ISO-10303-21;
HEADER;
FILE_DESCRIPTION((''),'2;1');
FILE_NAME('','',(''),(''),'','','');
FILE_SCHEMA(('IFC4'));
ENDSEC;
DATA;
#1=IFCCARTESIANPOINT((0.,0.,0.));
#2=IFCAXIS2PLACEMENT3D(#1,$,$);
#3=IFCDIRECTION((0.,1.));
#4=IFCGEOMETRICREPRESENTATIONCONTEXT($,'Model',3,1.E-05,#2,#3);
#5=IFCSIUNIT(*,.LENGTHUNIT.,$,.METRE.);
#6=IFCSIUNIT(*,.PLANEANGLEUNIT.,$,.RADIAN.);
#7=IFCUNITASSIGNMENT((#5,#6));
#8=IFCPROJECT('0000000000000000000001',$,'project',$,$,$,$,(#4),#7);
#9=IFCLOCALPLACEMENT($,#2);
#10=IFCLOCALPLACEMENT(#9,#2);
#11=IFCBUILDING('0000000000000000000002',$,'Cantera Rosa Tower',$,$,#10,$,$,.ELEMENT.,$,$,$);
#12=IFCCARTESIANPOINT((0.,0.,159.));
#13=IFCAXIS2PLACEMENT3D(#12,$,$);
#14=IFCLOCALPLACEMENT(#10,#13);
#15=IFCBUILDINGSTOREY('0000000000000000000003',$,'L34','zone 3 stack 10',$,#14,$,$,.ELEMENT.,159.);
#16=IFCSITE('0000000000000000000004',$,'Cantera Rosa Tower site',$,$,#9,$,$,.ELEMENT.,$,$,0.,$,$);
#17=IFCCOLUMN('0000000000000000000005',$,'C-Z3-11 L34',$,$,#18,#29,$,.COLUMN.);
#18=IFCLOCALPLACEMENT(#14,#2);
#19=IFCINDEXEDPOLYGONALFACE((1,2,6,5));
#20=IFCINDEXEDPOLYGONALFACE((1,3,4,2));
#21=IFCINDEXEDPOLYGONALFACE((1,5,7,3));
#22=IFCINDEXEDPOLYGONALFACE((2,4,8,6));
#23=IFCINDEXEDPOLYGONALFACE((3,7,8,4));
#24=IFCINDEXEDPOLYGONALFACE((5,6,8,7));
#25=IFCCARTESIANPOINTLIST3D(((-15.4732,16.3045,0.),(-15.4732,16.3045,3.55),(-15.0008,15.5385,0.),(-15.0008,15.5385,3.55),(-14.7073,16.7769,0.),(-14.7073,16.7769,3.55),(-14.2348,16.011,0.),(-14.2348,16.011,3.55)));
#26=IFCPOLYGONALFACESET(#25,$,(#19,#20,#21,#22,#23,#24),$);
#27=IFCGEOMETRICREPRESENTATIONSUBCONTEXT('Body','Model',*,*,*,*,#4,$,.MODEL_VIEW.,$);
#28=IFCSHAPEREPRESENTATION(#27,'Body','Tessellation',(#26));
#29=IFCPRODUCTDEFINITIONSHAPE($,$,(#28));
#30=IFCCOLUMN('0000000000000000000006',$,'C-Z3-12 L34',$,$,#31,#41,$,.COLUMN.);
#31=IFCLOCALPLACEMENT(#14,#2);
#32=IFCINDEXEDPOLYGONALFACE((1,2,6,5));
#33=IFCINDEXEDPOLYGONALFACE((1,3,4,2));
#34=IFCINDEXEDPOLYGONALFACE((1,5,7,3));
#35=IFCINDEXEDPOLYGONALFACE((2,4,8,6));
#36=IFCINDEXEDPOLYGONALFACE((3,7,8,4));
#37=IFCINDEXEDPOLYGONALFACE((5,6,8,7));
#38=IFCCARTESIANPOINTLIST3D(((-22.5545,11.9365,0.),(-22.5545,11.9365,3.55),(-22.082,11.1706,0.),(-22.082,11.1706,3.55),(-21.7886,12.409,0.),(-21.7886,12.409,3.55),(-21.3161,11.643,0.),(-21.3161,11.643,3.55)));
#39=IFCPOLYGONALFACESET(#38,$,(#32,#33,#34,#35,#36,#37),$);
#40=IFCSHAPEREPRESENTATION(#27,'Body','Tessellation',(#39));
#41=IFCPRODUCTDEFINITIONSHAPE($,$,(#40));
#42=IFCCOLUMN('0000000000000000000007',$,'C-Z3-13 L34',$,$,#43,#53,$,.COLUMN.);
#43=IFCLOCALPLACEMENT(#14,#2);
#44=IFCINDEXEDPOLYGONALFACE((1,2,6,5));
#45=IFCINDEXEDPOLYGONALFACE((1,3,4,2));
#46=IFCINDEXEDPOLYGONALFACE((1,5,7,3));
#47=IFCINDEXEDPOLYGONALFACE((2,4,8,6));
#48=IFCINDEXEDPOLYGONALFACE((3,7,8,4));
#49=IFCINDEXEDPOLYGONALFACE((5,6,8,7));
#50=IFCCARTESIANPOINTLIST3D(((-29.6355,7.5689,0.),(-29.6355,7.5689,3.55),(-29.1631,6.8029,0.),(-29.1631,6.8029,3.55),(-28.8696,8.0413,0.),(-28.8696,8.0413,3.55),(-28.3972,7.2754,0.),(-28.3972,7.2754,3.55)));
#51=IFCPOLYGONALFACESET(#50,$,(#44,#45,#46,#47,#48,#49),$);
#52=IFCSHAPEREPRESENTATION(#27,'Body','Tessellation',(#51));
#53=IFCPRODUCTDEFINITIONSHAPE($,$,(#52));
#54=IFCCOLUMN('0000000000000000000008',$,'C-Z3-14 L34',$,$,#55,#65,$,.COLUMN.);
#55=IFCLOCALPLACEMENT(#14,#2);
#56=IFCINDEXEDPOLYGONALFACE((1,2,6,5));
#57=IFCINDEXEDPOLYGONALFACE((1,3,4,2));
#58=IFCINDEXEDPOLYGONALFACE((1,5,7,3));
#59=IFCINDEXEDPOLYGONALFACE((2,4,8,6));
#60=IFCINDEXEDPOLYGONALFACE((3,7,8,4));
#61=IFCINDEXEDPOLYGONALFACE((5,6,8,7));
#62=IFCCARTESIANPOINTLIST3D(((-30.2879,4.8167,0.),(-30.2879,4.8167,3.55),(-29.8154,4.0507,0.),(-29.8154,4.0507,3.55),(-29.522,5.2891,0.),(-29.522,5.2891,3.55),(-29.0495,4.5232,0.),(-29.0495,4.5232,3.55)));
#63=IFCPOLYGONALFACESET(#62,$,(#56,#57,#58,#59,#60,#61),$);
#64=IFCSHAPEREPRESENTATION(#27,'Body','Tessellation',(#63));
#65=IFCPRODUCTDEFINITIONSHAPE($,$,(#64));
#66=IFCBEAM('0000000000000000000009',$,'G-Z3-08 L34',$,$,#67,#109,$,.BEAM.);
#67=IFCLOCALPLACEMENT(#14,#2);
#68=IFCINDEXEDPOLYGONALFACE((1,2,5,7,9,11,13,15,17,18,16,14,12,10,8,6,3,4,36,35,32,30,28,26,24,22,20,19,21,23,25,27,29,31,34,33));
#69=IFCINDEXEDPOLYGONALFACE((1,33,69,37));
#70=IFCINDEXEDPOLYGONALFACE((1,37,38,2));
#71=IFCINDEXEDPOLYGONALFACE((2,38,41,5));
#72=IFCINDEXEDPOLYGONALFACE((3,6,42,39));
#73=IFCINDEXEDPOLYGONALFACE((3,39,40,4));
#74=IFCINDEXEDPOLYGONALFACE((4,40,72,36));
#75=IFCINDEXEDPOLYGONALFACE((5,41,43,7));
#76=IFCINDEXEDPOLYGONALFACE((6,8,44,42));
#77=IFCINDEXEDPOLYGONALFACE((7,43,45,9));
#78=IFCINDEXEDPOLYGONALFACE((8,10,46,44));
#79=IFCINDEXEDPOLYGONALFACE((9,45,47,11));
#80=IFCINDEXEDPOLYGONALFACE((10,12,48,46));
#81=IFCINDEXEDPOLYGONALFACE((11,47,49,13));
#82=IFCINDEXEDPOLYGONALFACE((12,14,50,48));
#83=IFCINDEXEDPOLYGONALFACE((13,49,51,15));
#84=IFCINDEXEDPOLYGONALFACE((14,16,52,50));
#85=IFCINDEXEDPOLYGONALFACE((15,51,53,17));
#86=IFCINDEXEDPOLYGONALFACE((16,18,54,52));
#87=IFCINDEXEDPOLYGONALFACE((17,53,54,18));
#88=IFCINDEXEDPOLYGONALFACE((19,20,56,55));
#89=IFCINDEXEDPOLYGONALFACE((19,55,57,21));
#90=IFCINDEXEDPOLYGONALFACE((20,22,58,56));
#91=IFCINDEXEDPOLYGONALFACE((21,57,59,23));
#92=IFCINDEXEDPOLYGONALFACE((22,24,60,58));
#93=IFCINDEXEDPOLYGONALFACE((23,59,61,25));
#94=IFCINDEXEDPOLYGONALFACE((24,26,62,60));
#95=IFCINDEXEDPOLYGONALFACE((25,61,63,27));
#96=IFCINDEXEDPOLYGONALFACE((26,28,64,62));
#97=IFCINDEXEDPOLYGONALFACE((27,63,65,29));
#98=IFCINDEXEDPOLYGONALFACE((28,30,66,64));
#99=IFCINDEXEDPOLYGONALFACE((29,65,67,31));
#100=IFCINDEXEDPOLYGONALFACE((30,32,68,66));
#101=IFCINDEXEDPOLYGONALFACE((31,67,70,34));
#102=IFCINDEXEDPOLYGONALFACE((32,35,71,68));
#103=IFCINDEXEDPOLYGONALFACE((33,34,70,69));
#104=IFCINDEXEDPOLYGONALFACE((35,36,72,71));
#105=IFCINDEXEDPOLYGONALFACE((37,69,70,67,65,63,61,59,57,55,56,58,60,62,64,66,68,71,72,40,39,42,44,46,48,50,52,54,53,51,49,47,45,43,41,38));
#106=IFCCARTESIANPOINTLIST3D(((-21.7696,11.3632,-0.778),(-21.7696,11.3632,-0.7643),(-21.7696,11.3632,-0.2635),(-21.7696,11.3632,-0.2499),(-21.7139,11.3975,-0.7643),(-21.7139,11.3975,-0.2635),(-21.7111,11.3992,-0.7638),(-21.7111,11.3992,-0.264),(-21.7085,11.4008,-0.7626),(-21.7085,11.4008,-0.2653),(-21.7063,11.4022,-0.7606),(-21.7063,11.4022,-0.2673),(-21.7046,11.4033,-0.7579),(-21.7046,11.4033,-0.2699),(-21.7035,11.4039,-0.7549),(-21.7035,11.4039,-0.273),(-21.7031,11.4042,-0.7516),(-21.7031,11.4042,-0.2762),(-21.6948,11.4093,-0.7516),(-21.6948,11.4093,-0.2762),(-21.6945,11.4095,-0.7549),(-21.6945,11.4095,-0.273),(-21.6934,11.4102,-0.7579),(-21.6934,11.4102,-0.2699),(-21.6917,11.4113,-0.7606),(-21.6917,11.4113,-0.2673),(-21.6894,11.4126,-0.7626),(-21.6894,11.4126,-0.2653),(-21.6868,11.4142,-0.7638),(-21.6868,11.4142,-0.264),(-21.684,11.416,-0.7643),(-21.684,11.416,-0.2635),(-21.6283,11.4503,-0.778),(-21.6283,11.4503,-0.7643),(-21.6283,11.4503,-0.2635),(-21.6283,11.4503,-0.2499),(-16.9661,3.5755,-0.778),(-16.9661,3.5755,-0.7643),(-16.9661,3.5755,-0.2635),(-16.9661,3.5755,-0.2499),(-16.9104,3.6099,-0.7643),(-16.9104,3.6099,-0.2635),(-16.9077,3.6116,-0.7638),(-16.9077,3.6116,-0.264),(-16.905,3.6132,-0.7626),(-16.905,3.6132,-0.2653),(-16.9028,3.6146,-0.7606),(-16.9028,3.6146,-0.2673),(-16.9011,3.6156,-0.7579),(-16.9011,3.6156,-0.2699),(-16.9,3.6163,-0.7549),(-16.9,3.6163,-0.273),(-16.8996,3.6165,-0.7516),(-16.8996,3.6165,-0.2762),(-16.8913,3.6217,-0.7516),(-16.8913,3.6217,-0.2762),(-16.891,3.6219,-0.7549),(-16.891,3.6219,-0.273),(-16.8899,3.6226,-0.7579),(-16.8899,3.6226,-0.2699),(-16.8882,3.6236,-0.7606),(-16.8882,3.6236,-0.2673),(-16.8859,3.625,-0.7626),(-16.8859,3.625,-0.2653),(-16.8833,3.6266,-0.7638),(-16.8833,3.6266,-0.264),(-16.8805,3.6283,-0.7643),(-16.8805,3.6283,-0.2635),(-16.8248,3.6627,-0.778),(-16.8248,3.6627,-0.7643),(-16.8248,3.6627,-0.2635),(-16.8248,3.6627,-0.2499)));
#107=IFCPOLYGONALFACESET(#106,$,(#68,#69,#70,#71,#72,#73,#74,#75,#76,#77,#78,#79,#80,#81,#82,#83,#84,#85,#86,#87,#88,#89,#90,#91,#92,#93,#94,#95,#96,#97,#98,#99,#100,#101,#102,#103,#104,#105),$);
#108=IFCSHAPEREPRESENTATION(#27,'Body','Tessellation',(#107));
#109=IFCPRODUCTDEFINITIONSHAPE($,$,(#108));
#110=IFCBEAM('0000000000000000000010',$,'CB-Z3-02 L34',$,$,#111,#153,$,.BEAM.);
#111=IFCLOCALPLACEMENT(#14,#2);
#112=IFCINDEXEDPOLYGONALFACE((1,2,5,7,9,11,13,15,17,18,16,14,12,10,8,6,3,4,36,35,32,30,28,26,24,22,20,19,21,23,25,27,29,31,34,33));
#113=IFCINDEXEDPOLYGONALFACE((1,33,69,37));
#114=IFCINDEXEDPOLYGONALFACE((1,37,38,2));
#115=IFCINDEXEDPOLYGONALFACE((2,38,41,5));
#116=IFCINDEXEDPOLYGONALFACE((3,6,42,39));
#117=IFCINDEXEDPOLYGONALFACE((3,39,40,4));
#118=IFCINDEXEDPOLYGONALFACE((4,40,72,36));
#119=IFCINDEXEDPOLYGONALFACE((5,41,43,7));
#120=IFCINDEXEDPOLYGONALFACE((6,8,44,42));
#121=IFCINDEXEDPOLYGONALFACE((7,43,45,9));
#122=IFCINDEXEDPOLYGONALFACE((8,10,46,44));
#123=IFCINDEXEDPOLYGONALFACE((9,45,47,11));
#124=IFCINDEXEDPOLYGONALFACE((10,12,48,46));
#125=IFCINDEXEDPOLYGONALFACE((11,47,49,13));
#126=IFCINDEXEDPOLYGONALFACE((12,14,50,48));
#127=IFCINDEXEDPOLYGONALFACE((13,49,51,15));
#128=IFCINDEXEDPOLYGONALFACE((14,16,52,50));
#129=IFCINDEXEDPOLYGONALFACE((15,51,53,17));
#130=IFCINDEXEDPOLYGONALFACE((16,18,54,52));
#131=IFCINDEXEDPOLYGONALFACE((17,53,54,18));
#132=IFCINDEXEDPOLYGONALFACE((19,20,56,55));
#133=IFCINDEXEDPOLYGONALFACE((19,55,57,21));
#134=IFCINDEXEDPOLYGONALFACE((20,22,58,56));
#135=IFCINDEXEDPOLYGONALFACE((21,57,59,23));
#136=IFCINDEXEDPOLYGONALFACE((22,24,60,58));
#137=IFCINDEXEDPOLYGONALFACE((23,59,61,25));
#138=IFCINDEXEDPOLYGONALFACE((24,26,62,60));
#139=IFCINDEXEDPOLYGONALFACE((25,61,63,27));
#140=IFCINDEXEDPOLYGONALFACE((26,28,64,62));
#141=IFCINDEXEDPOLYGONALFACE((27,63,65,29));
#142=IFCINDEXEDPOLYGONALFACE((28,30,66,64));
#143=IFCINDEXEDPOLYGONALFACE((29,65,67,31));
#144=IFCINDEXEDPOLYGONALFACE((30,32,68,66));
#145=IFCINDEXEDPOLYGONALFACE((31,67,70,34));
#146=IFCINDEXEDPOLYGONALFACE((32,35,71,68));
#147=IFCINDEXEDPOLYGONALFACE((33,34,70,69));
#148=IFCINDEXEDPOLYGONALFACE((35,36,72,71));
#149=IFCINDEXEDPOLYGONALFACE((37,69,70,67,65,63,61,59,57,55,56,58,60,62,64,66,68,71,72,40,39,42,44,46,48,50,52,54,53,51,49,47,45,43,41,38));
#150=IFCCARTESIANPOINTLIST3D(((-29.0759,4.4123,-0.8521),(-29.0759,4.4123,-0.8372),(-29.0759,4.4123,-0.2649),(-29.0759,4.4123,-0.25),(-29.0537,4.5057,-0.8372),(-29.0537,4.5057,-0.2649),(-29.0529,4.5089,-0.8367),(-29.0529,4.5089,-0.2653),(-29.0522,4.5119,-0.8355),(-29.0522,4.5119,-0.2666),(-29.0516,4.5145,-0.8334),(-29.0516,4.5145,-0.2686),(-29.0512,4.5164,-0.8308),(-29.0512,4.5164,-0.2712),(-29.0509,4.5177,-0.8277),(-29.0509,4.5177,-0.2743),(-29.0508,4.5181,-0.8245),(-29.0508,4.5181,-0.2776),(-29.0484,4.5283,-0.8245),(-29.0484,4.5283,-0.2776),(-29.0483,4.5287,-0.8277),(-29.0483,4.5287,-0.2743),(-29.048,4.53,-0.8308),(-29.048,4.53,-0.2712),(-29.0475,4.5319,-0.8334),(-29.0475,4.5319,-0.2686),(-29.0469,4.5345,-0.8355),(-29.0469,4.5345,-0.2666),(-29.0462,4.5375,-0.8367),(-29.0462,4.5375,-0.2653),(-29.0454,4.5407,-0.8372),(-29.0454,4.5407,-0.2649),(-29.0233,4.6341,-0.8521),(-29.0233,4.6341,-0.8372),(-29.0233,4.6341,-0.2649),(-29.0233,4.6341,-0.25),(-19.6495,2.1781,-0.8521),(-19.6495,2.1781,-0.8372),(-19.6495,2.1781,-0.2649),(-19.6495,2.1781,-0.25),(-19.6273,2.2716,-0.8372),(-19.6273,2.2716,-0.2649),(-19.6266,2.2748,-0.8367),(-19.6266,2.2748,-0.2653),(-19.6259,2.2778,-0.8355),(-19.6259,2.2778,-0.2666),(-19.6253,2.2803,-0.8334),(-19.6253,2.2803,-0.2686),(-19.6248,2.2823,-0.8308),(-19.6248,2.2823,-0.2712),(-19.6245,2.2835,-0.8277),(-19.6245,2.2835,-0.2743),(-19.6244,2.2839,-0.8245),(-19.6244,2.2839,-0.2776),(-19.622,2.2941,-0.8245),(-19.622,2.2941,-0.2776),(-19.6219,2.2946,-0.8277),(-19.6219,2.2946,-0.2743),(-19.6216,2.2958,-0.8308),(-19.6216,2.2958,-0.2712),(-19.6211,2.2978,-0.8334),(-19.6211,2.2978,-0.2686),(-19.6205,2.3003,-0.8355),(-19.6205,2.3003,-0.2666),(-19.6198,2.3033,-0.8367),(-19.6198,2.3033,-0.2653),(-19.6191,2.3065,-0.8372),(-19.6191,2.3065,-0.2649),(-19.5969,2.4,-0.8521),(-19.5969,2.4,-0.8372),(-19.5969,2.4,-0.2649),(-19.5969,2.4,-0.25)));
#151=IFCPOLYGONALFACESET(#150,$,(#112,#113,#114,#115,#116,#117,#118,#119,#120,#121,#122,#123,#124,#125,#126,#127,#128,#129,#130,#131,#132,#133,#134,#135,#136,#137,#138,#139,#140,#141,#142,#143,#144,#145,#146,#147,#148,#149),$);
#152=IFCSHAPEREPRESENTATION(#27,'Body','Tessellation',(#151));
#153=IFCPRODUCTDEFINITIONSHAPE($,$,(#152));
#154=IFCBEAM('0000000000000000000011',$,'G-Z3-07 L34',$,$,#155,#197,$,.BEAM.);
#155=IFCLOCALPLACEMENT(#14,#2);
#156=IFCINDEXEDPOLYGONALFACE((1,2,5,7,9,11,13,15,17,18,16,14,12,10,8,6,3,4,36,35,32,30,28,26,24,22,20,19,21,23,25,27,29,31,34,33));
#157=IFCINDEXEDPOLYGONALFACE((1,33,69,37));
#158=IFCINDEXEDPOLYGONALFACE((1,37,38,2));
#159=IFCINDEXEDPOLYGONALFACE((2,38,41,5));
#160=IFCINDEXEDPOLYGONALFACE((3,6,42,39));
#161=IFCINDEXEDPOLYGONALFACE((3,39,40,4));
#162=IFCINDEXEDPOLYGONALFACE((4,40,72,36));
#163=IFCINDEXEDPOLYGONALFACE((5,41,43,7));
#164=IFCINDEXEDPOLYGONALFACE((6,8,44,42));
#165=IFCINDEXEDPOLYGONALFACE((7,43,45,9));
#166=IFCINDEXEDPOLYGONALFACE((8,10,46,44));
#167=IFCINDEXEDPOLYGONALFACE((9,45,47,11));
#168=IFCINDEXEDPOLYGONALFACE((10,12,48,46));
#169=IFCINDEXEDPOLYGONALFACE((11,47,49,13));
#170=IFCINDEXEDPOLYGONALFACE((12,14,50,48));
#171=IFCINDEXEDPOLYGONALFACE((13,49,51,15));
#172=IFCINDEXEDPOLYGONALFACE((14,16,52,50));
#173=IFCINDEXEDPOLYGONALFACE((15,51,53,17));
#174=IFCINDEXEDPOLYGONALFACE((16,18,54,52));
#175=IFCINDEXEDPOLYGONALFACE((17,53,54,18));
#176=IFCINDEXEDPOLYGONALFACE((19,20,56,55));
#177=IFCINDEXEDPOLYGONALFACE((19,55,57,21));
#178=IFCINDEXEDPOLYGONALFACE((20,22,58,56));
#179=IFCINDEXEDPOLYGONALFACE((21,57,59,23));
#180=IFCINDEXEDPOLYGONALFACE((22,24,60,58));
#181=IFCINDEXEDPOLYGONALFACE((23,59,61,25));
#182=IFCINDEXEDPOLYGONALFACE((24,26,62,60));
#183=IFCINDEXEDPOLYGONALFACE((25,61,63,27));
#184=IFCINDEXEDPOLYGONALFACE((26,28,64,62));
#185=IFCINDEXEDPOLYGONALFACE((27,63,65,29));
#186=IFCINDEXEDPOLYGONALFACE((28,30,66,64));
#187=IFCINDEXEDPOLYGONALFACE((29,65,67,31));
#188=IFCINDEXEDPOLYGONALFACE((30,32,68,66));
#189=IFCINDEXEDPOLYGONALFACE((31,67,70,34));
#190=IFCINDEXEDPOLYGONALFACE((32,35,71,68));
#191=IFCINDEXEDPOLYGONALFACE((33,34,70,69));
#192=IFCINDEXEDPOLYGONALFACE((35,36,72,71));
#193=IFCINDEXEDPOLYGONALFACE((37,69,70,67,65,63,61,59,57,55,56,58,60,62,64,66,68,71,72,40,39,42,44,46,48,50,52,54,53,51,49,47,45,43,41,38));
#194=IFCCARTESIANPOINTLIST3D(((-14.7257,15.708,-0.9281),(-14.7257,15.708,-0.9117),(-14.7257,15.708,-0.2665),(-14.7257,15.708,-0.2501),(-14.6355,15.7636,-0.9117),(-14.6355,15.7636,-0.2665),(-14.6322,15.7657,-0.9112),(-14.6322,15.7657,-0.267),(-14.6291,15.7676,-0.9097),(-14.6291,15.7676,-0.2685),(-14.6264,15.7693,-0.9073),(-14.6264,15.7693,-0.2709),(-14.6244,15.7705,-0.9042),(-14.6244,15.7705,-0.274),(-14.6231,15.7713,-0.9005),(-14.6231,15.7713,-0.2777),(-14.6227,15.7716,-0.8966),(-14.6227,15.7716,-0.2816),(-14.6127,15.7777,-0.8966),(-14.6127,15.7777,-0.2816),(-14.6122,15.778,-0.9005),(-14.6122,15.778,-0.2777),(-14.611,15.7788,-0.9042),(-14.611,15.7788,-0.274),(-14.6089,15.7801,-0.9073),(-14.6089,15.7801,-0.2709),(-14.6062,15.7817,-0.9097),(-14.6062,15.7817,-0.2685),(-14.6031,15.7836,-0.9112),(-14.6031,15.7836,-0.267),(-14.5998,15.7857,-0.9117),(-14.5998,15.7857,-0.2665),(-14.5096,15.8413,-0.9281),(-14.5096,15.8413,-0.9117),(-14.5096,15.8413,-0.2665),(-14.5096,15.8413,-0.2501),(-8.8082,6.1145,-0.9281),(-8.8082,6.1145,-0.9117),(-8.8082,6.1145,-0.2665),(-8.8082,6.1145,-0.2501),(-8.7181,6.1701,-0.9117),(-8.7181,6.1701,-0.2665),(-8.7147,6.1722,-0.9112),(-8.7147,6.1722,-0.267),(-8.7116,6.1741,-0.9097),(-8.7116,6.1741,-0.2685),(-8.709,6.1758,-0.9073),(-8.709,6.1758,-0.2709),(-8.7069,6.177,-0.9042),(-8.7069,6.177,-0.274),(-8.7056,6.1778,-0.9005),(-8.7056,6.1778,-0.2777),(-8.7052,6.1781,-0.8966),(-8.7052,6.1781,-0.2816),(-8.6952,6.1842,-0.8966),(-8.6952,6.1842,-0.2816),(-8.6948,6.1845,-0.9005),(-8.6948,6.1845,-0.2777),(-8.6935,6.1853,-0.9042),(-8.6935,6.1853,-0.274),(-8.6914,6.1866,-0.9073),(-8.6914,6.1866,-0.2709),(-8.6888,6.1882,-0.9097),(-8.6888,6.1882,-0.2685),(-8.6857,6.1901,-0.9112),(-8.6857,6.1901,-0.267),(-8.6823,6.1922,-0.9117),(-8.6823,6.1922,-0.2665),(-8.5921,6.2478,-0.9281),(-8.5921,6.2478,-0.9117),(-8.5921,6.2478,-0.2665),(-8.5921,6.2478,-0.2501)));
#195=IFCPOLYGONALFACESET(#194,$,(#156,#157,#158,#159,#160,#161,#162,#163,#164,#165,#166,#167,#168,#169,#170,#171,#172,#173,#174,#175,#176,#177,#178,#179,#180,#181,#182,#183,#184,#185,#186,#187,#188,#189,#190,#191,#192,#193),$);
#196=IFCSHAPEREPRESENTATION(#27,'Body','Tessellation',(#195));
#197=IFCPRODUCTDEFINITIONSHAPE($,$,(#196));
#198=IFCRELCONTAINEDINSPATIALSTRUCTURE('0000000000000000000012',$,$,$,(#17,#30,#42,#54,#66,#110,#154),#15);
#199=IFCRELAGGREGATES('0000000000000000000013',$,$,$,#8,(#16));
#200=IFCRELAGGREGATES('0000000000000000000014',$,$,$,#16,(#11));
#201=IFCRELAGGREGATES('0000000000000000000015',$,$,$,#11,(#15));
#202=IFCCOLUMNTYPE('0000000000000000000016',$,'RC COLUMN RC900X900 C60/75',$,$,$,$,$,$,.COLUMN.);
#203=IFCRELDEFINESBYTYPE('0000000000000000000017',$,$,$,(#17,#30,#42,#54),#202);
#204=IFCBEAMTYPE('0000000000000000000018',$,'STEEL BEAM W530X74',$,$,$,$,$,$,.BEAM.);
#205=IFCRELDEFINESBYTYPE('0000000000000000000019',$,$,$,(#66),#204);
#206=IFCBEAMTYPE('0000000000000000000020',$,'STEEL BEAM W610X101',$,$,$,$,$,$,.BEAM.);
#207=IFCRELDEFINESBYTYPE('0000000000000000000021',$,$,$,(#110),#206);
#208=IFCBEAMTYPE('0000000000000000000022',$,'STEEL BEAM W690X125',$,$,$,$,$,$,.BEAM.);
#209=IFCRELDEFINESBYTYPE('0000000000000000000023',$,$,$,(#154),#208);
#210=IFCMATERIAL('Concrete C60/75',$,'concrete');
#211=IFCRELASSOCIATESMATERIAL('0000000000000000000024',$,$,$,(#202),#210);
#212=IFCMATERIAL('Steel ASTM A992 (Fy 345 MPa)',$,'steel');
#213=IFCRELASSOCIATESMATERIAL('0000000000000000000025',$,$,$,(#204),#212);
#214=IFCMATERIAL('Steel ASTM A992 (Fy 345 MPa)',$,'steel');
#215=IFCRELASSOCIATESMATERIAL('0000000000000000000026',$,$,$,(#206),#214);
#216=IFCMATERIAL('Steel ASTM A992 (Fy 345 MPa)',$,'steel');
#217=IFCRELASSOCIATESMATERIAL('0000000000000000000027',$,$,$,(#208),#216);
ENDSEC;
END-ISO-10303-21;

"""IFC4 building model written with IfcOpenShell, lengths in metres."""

from ifc_helpers import new_model, si_unit, direction, frame, origin, origin_2d, place, context, subcontext, project, spatial, rectangle, i_section, extrude, material, material_profile, profile_set, type_object, element, save


model = new_model("IFC4")

# Units and contexts
model_context = context("Model", 3, precision=1e-05, world=origin(), true_north=direction((0.0, 1.0)))
body_context = subcontext(model_context, "Body", "Model", "MODEL_VIEW")
ifc_project = project(units=[si_unit("LENGTHUNIT", "METRE"), si_unit("PLANEANGLEUNIT", "RADIAN")], contexts=[model_context])

# Site, building, storey
site_placement = place(None, origin())
site = spatial("IfcSite", under=ifc_project, at=site_placement, Name="Cantera Rosa Tower site", CompositionType="ELEMENT", RefElevation=0.0)
building_placement = place(site_placement, origin())
building = spatial("IfcBuilding", under=site, at=building_placement, Name="Cantera Rosa Tower", CompositionType="ELEMENT")
storey_placement = place(building_placement, frame((0.0, 0.0, 159.0)))
storey = spatial("IfcBuildingStorey", under=building, at=storey_placement, Name="L34", Description="zone 3 stack 10", CompositionType="ELEMENT", Elevation=159.0)

# Columns
ifc_material_1 = material(Name="Concrete C60/75", Category="concrete")
ifc_material_profile_1 = material_profile(ifc_material_1, rectangle(XDim=0.8999, YDim=0.8999, at=origin_2d()), Name="RC COLUMN RC900X900 C60/75")
ifc_profile_set_1 = profile_set([ifc_material_profile_1], Name="Concrete C60/75")
column_type = type_object("IfcColumnType", Name="RC COLUMN RC900X900 C60/75", PredefinedType="COLUMN", material=ifc_profile_set_1)
for number, where, z_axis, x_axis, name in (
    (1, (-14.854, 16.1577, 0.0), (0.0, 0.0, 1.0), (0.851117, 0.524977, 0.0), "C-Z3-11 L34"),
    (2, (-21.9353, 11.7898, 0.0), (0.0, 0.0, 1.0), (0.851117, 0.524977, 0.0), "C-Z3-12 L34"),
    (3, (-29.0164, 7.4221, 0.0), (0.0, 0.0, 1.0), (0.851117, 0.524977, 0.0), "C-Z3-13 L34"),
    (4, (-29.6687, 4.6699, 0.0), (0.0, 0.0, 1.0), (0.851117, 0.524977, 0.0), "C-Z3-14 L34"),
):
    element("IfcColumn", number, at=place(storey_placement, frame(where, z_axis=z_axis, x_axis=x_axis)), inside=storey, type_object=column_type, Name=name, PredefinedType="COLUMN", context=body_context, shape_type="SweptSolid", body=[
        extrude(rectangle(XDim=0.8999, YDim=0.8999, at=origin_2d()), origin(), (0.0, 0.0, 1.0), 3.55),
    ])

# Beams
ifc_material_2 = material(Name="Steel ASTM A992 (Fy 345 MPa)", Category="steel")
ifc_material_profile_2 = material_profile(ifc_material_2, i_section(OverallWidth=0.166, OverallDepth=0.5281, WebThickness=0.0098, FlangeThickness=0.0137, FilletRadius=0.0127, at=origin_2d()), Name="W530X74")
ifc_profile_set_2 = profile_set([ifc_material_profile_2], Name="Steel ASTM A992 (Fy 345 MPa)")
beam_type_1 = type_object("IfcBeamType", Name="STEEL BEAM W530X74", PredefinedType="BEAM", material=ifc_profile_set_2)
beam_1_placement = place(storey_placement, frame((-21.699, 11.4067, -0.5139), z_axis=(0.524977, -0.851116, 0.0), x_axis=(0.851116, 0.524977, 0.0)))
element("IfcBeam", 5, at=beam_1_placement, inside=storey, type_object=beam_type_1, Name="G-Z3-08 L34", PredefinedType="BEAM", context=body_context, shape_type="SweptSolid", body=[
    extrude(i_section(OverallWidth=0.166, OverallDepth=0.5281, WebThickness=0.0098, FlangeThickness=0.0137, FilletRadius=0.0127, at=origin_2d()), origin(), (0.0, 0.0, 1.0), 9.1499),
])
ifc_material_3 = material(Name="Steel ASTM A992 (Fy 345 MPa)", Category="steel")
ifc_material_profile_3 = material_profile(ifc_material_3, i_section(OverallWidth=0.228, OverallDepth=0.6021, WebThickness=0.0105, FlangeThickness=0.0149, FilletRadius=0.0127, at=origin_2d()), Name="W610X101")
ifc_profile_set_3 = profile_set([ifc_material_profile_3], Name="Steel ASTM A992 (Fy 345 MPa)")
beam_type_2 = type_object("IfcBeamType", Name="STEEL BEAM W610X101", PredefinedType="BEAM", material=ifc_profile_set_3)
beam_2_placement = place(storey_placement, frame((-29.0496, 4.5232, -0.551), z_axis=(0.973043, -0.230622, 0.0), x_axis=(0.230622, 0.973043, 0.0)))
element("IfcBeam", 6, at=beam_2_placement, inside=storey, type_object=beam_type_2, Name="CB-Z3-02 L34", PredefinedType="BEAM", context=body_context, shape_type="SweptSolid", body=[
    extrude(i_section(OverallWidth=0.228, OverallDepth=0.6021, WebThickness=0.0105, FlangeThickness=0.0149, FilletRadius=0.0127, at=origin_2d()), origin(), (0.0, 0.0, 1.0), 9.6875),
])
ifc_material_4 = material(Name="Steel ASTM A992 (Fy 345 MPa)", Category="steel")
ifc_material_profile_4 = material_profile(ifc_material_4, i_section(OverallWidth=0.2539, OverallDepth=0.678, WebThickness=0.0117, FlangeThickness=0.0164, FilletRadius=0.0151, at=origin_2d()), Name="W690X125")
ifc_profile_set_4 = profile_set([ifc_material_profile_4], Name="Steel ASTM A992 (Fy 345 MPa)")
beam_type_3 = type_object("IfcBeamType", Name="STEEL BEAM W690X125", PredefinedType="BEAM", material=ifc_profile_set_4)
beam_3_placement = place(storey_placement, frame((-14.6177, 15.7747, -0.5891), z_axis=(0.524984, -0.851112, 0.0), x_axis=(0.851112, 0.524984, 0.0)))
element("IfcBeam", 7, at=beam_3_placement, inside=storey, type_object=beam_type_3, Name="G-Z3-07 L34", PredefinedType="BEAM", context=body_context, shape_type="SweptSolid", body=[
    extrude(i_section(OverallWidth=0.2539, OverallDepth=0.678, WebThickness=0.0117, FlangeThickness=0.0164, FilletRadius=0.0151, at=origin_2d()), origin(), (0.0, 0.0, 1.0), 11.2717),
])

save(model, "model.ifc")
